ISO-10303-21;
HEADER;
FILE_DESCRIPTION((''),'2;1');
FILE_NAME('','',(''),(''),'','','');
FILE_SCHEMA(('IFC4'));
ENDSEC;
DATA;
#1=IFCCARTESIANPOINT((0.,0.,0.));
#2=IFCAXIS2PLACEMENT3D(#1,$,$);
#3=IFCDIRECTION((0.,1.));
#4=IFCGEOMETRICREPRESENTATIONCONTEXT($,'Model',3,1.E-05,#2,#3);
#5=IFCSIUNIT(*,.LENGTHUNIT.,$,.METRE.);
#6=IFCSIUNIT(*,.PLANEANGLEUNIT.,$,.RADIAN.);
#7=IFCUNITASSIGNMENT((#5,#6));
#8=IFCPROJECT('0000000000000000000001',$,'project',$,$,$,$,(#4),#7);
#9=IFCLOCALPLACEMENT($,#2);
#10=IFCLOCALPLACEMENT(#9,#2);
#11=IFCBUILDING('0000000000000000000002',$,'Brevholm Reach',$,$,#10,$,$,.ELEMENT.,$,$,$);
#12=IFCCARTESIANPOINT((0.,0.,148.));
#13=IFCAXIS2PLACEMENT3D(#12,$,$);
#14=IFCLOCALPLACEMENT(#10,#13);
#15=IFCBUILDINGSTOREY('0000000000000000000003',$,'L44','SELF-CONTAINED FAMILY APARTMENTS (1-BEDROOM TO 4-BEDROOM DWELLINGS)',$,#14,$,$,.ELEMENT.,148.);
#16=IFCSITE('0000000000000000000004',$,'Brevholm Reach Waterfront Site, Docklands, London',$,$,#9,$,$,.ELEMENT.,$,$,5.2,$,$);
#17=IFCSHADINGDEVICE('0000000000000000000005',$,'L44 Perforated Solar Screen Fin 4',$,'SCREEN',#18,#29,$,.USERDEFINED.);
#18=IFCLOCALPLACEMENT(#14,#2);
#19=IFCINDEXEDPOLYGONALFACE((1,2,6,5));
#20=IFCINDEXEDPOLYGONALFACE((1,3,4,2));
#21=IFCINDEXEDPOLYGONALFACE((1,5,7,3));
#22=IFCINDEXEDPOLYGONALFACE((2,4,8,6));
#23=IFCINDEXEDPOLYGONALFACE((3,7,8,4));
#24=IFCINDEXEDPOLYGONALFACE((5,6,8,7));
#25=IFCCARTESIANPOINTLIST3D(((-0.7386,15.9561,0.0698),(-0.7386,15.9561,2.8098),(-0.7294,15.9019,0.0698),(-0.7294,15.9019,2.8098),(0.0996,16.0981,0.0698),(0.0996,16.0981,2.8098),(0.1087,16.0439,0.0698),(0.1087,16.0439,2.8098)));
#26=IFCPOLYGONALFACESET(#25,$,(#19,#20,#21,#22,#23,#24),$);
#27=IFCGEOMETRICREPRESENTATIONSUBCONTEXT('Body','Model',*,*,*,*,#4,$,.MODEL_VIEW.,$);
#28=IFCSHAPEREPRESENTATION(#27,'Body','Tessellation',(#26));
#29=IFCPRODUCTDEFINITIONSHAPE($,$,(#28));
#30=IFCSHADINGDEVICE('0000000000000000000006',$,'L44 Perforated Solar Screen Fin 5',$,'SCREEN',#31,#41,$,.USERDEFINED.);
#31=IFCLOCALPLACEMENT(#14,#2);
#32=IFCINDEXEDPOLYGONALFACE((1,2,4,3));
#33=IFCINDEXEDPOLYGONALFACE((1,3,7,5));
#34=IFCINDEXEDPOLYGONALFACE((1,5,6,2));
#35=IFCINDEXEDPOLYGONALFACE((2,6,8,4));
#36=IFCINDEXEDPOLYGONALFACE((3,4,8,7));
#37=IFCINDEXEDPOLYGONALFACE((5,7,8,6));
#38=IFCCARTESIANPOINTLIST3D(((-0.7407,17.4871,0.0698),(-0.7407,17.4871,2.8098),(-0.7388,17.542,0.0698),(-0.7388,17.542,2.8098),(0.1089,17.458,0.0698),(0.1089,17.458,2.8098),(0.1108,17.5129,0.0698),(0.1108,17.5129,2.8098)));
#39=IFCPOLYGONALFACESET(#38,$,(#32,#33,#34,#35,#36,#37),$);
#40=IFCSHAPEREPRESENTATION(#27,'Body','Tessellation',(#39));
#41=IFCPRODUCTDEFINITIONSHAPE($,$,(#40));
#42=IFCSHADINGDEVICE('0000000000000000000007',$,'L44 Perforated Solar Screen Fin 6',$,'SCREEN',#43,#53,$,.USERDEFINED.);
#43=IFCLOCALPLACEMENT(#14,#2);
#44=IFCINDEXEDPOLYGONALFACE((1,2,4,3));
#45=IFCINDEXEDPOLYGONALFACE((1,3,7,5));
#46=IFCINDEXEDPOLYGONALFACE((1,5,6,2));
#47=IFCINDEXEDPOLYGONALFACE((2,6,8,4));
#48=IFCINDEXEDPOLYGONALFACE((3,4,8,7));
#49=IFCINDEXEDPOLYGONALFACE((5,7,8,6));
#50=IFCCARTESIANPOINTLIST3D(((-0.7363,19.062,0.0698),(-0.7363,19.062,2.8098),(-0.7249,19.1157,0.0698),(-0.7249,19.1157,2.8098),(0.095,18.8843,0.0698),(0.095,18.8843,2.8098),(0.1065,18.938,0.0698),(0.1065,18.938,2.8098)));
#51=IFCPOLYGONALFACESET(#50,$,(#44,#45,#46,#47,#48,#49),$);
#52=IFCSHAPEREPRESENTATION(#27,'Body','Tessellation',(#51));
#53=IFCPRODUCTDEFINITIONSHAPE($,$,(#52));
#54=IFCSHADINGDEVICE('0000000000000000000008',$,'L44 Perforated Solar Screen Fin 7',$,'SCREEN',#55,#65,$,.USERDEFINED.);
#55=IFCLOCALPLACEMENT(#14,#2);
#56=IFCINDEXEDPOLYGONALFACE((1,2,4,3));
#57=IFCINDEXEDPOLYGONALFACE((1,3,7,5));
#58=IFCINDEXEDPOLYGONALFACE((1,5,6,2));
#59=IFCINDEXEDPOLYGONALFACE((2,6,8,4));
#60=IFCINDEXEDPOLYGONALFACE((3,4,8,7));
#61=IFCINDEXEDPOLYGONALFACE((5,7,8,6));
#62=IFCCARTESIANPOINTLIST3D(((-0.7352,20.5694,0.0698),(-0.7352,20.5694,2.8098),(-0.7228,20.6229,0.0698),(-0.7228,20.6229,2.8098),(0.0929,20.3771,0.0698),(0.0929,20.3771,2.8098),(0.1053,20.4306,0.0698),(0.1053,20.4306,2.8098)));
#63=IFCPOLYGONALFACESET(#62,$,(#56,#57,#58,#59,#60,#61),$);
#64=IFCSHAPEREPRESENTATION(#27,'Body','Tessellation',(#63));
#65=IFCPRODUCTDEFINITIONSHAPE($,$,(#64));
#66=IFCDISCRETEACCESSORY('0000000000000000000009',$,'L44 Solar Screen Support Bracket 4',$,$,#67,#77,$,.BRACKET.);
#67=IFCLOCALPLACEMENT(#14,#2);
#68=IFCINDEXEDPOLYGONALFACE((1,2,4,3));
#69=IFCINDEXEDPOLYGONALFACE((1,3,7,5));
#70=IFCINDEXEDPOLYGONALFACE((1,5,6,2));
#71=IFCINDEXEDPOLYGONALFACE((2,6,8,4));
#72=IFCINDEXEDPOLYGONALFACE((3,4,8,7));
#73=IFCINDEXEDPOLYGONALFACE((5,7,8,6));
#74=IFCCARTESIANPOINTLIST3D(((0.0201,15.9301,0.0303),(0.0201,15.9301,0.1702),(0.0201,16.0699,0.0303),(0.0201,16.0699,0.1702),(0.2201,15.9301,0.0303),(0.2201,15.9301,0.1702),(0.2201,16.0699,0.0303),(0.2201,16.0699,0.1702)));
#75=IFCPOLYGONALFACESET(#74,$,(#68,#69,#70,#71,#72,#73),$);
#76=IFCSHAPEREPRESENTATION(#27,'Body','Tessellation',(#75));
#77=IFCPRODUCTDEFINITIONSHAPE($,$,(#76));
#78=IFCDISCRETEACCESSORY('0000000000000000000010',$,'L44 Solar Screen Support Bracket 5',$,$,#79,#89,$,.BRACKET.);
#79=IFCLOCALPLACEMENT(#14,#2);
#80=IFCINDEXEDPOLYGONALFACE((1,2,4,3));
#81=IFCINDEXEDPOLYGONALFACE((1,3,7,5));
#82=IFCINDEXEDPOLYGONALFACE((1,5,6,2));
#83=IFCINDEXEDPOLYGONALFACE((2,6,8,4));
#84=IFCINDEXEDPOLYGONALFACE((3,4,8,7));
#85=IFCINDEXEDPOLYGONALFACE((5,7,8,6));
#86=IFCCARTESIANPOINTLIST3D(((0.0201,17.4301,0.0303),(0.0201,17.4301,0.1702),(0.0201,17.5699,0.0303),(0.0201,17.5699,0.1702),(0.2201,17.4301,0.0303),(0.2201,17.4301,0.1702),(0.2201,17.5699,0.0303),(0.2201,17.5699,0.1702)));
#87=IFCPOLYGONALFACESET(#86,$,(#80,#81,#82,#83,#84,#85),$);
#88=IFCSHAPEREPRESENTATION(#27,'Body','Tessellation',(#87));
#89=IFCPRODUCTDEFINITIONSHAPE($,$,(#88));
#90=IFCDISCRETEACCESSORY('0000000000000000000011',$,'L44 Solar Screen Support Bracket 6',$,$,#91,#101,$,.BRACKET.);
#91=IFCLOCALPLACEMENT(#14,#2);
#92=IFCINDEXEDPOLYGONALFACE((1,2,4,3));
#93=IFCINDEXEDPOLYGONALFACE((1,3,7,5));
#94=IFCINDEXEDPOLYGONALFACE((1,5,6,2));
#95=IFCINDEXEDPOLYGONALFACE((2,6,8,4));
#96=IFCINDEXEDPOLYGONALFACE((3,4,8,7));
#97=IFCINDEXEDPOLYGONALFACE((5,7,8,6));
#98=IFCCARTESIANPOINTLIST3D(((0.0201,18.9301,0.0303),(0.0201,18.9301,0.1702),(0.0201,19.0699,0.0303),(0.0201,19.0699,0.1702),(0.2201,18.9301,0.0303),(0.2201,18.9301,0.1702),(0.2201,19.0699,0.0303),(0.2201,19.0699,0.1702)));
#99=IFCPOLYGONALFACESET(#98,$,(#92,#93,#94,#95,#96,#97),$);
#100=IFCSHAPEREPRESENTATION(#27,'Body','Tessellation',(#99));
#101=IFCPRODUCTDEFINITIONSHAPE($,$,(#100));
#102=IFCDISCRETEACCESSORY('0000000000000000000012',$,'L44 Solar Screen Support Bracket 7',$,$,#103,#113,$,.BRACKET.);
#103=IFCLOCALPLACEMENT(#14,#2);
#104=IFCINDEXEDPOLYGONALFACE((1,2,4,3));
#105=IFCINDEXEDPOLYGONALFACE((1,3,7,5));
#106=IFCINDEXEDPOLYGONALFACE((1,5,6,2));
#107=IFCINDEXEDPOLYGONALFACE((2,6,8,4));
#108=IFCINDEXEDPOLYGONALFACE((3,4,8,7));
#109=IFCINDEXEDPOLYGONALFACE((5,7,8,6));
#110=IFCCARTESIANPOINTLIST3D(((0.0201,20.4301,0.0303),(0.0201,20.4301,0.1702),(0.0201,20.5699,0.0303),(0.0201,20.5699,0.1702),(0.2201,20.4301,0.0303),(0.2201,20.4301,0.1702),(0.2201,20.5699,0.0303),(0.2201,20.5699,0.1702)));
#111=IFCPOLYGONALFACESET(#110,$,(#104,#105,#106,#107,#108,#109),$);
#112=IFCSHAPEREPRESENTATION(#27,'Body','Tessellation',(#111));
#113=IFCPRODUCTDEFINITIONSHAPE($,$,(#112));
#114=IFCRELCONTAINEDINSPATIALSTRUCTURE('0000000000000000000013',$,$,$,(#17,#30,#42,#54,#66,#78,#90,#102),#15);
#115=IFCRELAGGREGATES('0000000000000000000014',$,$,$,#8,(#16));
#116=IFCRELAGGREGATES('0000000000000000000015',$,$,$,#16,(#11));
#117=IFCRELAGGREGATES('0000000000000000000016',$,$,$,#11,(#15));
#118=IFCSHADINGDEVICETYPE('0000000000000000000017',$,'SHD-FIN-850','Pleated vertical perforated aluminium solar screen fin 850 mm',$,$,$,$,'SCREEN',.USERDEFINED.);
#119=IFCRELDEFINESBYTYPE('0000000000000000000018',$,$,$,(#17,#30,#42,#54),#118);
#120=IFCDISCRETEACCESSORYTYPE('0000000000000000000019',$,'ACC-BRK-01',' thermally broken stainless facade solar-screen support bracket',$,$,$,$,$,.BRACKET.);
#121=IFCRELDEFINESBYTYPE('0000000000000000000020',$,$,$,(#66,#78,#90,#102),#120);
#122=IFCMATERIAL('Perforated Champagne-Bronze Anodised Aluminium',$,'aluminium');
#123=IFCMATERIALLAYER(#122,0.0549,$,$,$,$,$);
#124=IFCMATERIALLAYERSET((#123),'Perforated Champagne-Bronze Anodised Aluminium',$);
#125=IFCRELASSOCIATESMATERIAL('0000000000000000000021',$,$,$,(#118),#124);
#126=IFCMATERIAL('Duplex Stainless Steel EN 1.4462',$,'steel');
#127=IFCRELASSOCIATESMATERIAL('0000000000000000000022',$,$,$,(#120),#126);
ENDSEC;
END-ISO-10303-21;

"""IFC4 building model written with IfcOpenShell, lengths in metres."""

from ifc_helpers import new_model, si_unit, direction, frame, origin, origin_2d, place, context, subcontext, project, spatial, rectangle, extrude, material, layer, layer_set, type_object, element, save


model = new_model("IFC4")

# Units and contexts
model_context = context("Model", 3, precision=1e-05, world=origin(), true_north=direction((0.0, 1.0)))
body_context = subcontext(model_context, "Body", "Model", "MODEL_VIEW")
ifc_project = project(units=[si_unit("LENGTHUNIT", "METRE"), si_unit("PLANEANGLEUNIT", "RADIAN")], contexts=[model_context])

# Site, building, storey
site_placement = place(None, origin())
site = spatial("IfcSite", under=ifc_project, at=site_placement, Name="Brevholm Reach Waterfront Site, Docklands, London", CompositionType="ELEMENT", RefElevation=5.2)
building_placement = place(site_placement, origin())
building = spatial("IfcBuilding", under=site, at=building_placement, Name="Brevholm Reach", CompositionType="ELEMENT")
storey_placement = place(building_placement, frame((0.0, 0.0, 148.0)))
storey = spatial("IfcBuildingStorey", under=building, at=storey_placement, Name="L44", Description="SELF-CONTAINED FAMILY APARTMENTS (1-BEDROOM TO 4-BEDROOM DWELLINGS)", CompositionType="ELEMENT", Elevation=148.0)

# Shading devices
ifc_material_1 = material(Name="Perforated Champagne-Bronze Anodised Aluminium", Category="aluminium")
ifc_layer_1 = layer(ifc_material_1, 0.0549)
ifc_layer_set_1 = layer_set([ifc_layer_1], Name="Perforated Champagne-Bronze Anodised Aluminium")
shading_device_type = type_object("IfcShadingDeviceType", Name="SHD-FIN-850", Description="Pleated vertical perforated aluminium solar screen fin 850 mm", ElementType="SCREEN", PredefinedType="USERDEFINED", material=ifc_layer_set_1)
for number, where, z_axis, x_axis, name in (
    (1, (-0.3149, 16.0, 0.0698), (0.0, 0.0, 1.0), (-0.985961, -0.166975, 0.0), "L44 Perforated Solar Screen Fin 4"),
    (2, (-0.3149, 17.5, 0.0698), (0.0, 0.0, 1.0), (-0.999412, 0.034289, 0.0), "L44 Perforated Solar Screen Fin 5"),
    (3, (-0.3149, 19.0, 0.0698), (0.0, 0.0, 1.0), (-0.977918, 0.208987, 0.0), "L44 Perforated Solar Screen Fin 6"),
    (4, (-0.3149, 20.5, 0.0698), (0.0, 0.0, 1.0), (-0.974067, 0.22626, 0.0), "L44 Perforated Solar Screen Fin 7"),
):
    element("IfcShadingDevice", number, at=place(storey_placement, frame(where, z_axis=z_axis, x_axis=x_axis)), inside=storey, type_object=shading_device_type, Name=name, ObjectType="SCREEN", PredefinedType="USERDEFINED", context=body_context, shape_type="SweptSolid", body=[
        extrude(rectangle(XDim=0.8501, YDim=0.0549, at=origin_2d()), origin(), (0.0, 0.0, 1.0), 2.74),
    ])

# Discrete accessories
ifc_material_2 = material(Name="Duplex Stainless Steel EN 1.4462", Category="steel")
discrete_accessory_type = type_object("IfcDiscreteAccessoryType", Name="ACC-BRK-01", Description=" thermally broken stainless facade solar-screen support bracket", PredefinedType="BRACKET", material=ifc_material_2)
for number, where, z_axis, x_axis, name in (
    (5, (0.1201, 16.0, 0.0303), (0.0, 0.0, 1.0), (-1.0, 0.0, 0.0), "L44 Solar Screen Support Bracket 4"),
    (6, (0.1201, 17.5, 0.0303), (0.0, 0.0, 1.0), (-1.0, 0.0, 0.0), "L44 Solar Screen Support Bracket 5"),
    (7, (0.1201, 19.0, 0.0303), (0.0, 0.0, 1.0), (-1.0, 0.0, 0.0), "L44 Solar Screen Support Bracket 6"),
    (8, (0.1201, 20.5, 0.0303), (0.0, 0.0, 1.0), (-1.0, 0.0, 0.0), "L44 Solar Screen Support Bracket 7"),
):
    element("IfcDiscreteAccessory", number, at=place(storey_placement, frame(where, z_axis=z_axis, x_axis=x_axis)), inside=storey, type_object=discrete_accessory_type, Name=name, PredefinedType="BRACKET", context=body_context, shape_type="SweptSolid", body=[
        extrude(rectangle(XDim=0.2, YDim=0.1399, at=origin_2d()), origin(), (0.0, 0.0, 1.0), 0.1399),
    ])

save(model, "model.ifc")
